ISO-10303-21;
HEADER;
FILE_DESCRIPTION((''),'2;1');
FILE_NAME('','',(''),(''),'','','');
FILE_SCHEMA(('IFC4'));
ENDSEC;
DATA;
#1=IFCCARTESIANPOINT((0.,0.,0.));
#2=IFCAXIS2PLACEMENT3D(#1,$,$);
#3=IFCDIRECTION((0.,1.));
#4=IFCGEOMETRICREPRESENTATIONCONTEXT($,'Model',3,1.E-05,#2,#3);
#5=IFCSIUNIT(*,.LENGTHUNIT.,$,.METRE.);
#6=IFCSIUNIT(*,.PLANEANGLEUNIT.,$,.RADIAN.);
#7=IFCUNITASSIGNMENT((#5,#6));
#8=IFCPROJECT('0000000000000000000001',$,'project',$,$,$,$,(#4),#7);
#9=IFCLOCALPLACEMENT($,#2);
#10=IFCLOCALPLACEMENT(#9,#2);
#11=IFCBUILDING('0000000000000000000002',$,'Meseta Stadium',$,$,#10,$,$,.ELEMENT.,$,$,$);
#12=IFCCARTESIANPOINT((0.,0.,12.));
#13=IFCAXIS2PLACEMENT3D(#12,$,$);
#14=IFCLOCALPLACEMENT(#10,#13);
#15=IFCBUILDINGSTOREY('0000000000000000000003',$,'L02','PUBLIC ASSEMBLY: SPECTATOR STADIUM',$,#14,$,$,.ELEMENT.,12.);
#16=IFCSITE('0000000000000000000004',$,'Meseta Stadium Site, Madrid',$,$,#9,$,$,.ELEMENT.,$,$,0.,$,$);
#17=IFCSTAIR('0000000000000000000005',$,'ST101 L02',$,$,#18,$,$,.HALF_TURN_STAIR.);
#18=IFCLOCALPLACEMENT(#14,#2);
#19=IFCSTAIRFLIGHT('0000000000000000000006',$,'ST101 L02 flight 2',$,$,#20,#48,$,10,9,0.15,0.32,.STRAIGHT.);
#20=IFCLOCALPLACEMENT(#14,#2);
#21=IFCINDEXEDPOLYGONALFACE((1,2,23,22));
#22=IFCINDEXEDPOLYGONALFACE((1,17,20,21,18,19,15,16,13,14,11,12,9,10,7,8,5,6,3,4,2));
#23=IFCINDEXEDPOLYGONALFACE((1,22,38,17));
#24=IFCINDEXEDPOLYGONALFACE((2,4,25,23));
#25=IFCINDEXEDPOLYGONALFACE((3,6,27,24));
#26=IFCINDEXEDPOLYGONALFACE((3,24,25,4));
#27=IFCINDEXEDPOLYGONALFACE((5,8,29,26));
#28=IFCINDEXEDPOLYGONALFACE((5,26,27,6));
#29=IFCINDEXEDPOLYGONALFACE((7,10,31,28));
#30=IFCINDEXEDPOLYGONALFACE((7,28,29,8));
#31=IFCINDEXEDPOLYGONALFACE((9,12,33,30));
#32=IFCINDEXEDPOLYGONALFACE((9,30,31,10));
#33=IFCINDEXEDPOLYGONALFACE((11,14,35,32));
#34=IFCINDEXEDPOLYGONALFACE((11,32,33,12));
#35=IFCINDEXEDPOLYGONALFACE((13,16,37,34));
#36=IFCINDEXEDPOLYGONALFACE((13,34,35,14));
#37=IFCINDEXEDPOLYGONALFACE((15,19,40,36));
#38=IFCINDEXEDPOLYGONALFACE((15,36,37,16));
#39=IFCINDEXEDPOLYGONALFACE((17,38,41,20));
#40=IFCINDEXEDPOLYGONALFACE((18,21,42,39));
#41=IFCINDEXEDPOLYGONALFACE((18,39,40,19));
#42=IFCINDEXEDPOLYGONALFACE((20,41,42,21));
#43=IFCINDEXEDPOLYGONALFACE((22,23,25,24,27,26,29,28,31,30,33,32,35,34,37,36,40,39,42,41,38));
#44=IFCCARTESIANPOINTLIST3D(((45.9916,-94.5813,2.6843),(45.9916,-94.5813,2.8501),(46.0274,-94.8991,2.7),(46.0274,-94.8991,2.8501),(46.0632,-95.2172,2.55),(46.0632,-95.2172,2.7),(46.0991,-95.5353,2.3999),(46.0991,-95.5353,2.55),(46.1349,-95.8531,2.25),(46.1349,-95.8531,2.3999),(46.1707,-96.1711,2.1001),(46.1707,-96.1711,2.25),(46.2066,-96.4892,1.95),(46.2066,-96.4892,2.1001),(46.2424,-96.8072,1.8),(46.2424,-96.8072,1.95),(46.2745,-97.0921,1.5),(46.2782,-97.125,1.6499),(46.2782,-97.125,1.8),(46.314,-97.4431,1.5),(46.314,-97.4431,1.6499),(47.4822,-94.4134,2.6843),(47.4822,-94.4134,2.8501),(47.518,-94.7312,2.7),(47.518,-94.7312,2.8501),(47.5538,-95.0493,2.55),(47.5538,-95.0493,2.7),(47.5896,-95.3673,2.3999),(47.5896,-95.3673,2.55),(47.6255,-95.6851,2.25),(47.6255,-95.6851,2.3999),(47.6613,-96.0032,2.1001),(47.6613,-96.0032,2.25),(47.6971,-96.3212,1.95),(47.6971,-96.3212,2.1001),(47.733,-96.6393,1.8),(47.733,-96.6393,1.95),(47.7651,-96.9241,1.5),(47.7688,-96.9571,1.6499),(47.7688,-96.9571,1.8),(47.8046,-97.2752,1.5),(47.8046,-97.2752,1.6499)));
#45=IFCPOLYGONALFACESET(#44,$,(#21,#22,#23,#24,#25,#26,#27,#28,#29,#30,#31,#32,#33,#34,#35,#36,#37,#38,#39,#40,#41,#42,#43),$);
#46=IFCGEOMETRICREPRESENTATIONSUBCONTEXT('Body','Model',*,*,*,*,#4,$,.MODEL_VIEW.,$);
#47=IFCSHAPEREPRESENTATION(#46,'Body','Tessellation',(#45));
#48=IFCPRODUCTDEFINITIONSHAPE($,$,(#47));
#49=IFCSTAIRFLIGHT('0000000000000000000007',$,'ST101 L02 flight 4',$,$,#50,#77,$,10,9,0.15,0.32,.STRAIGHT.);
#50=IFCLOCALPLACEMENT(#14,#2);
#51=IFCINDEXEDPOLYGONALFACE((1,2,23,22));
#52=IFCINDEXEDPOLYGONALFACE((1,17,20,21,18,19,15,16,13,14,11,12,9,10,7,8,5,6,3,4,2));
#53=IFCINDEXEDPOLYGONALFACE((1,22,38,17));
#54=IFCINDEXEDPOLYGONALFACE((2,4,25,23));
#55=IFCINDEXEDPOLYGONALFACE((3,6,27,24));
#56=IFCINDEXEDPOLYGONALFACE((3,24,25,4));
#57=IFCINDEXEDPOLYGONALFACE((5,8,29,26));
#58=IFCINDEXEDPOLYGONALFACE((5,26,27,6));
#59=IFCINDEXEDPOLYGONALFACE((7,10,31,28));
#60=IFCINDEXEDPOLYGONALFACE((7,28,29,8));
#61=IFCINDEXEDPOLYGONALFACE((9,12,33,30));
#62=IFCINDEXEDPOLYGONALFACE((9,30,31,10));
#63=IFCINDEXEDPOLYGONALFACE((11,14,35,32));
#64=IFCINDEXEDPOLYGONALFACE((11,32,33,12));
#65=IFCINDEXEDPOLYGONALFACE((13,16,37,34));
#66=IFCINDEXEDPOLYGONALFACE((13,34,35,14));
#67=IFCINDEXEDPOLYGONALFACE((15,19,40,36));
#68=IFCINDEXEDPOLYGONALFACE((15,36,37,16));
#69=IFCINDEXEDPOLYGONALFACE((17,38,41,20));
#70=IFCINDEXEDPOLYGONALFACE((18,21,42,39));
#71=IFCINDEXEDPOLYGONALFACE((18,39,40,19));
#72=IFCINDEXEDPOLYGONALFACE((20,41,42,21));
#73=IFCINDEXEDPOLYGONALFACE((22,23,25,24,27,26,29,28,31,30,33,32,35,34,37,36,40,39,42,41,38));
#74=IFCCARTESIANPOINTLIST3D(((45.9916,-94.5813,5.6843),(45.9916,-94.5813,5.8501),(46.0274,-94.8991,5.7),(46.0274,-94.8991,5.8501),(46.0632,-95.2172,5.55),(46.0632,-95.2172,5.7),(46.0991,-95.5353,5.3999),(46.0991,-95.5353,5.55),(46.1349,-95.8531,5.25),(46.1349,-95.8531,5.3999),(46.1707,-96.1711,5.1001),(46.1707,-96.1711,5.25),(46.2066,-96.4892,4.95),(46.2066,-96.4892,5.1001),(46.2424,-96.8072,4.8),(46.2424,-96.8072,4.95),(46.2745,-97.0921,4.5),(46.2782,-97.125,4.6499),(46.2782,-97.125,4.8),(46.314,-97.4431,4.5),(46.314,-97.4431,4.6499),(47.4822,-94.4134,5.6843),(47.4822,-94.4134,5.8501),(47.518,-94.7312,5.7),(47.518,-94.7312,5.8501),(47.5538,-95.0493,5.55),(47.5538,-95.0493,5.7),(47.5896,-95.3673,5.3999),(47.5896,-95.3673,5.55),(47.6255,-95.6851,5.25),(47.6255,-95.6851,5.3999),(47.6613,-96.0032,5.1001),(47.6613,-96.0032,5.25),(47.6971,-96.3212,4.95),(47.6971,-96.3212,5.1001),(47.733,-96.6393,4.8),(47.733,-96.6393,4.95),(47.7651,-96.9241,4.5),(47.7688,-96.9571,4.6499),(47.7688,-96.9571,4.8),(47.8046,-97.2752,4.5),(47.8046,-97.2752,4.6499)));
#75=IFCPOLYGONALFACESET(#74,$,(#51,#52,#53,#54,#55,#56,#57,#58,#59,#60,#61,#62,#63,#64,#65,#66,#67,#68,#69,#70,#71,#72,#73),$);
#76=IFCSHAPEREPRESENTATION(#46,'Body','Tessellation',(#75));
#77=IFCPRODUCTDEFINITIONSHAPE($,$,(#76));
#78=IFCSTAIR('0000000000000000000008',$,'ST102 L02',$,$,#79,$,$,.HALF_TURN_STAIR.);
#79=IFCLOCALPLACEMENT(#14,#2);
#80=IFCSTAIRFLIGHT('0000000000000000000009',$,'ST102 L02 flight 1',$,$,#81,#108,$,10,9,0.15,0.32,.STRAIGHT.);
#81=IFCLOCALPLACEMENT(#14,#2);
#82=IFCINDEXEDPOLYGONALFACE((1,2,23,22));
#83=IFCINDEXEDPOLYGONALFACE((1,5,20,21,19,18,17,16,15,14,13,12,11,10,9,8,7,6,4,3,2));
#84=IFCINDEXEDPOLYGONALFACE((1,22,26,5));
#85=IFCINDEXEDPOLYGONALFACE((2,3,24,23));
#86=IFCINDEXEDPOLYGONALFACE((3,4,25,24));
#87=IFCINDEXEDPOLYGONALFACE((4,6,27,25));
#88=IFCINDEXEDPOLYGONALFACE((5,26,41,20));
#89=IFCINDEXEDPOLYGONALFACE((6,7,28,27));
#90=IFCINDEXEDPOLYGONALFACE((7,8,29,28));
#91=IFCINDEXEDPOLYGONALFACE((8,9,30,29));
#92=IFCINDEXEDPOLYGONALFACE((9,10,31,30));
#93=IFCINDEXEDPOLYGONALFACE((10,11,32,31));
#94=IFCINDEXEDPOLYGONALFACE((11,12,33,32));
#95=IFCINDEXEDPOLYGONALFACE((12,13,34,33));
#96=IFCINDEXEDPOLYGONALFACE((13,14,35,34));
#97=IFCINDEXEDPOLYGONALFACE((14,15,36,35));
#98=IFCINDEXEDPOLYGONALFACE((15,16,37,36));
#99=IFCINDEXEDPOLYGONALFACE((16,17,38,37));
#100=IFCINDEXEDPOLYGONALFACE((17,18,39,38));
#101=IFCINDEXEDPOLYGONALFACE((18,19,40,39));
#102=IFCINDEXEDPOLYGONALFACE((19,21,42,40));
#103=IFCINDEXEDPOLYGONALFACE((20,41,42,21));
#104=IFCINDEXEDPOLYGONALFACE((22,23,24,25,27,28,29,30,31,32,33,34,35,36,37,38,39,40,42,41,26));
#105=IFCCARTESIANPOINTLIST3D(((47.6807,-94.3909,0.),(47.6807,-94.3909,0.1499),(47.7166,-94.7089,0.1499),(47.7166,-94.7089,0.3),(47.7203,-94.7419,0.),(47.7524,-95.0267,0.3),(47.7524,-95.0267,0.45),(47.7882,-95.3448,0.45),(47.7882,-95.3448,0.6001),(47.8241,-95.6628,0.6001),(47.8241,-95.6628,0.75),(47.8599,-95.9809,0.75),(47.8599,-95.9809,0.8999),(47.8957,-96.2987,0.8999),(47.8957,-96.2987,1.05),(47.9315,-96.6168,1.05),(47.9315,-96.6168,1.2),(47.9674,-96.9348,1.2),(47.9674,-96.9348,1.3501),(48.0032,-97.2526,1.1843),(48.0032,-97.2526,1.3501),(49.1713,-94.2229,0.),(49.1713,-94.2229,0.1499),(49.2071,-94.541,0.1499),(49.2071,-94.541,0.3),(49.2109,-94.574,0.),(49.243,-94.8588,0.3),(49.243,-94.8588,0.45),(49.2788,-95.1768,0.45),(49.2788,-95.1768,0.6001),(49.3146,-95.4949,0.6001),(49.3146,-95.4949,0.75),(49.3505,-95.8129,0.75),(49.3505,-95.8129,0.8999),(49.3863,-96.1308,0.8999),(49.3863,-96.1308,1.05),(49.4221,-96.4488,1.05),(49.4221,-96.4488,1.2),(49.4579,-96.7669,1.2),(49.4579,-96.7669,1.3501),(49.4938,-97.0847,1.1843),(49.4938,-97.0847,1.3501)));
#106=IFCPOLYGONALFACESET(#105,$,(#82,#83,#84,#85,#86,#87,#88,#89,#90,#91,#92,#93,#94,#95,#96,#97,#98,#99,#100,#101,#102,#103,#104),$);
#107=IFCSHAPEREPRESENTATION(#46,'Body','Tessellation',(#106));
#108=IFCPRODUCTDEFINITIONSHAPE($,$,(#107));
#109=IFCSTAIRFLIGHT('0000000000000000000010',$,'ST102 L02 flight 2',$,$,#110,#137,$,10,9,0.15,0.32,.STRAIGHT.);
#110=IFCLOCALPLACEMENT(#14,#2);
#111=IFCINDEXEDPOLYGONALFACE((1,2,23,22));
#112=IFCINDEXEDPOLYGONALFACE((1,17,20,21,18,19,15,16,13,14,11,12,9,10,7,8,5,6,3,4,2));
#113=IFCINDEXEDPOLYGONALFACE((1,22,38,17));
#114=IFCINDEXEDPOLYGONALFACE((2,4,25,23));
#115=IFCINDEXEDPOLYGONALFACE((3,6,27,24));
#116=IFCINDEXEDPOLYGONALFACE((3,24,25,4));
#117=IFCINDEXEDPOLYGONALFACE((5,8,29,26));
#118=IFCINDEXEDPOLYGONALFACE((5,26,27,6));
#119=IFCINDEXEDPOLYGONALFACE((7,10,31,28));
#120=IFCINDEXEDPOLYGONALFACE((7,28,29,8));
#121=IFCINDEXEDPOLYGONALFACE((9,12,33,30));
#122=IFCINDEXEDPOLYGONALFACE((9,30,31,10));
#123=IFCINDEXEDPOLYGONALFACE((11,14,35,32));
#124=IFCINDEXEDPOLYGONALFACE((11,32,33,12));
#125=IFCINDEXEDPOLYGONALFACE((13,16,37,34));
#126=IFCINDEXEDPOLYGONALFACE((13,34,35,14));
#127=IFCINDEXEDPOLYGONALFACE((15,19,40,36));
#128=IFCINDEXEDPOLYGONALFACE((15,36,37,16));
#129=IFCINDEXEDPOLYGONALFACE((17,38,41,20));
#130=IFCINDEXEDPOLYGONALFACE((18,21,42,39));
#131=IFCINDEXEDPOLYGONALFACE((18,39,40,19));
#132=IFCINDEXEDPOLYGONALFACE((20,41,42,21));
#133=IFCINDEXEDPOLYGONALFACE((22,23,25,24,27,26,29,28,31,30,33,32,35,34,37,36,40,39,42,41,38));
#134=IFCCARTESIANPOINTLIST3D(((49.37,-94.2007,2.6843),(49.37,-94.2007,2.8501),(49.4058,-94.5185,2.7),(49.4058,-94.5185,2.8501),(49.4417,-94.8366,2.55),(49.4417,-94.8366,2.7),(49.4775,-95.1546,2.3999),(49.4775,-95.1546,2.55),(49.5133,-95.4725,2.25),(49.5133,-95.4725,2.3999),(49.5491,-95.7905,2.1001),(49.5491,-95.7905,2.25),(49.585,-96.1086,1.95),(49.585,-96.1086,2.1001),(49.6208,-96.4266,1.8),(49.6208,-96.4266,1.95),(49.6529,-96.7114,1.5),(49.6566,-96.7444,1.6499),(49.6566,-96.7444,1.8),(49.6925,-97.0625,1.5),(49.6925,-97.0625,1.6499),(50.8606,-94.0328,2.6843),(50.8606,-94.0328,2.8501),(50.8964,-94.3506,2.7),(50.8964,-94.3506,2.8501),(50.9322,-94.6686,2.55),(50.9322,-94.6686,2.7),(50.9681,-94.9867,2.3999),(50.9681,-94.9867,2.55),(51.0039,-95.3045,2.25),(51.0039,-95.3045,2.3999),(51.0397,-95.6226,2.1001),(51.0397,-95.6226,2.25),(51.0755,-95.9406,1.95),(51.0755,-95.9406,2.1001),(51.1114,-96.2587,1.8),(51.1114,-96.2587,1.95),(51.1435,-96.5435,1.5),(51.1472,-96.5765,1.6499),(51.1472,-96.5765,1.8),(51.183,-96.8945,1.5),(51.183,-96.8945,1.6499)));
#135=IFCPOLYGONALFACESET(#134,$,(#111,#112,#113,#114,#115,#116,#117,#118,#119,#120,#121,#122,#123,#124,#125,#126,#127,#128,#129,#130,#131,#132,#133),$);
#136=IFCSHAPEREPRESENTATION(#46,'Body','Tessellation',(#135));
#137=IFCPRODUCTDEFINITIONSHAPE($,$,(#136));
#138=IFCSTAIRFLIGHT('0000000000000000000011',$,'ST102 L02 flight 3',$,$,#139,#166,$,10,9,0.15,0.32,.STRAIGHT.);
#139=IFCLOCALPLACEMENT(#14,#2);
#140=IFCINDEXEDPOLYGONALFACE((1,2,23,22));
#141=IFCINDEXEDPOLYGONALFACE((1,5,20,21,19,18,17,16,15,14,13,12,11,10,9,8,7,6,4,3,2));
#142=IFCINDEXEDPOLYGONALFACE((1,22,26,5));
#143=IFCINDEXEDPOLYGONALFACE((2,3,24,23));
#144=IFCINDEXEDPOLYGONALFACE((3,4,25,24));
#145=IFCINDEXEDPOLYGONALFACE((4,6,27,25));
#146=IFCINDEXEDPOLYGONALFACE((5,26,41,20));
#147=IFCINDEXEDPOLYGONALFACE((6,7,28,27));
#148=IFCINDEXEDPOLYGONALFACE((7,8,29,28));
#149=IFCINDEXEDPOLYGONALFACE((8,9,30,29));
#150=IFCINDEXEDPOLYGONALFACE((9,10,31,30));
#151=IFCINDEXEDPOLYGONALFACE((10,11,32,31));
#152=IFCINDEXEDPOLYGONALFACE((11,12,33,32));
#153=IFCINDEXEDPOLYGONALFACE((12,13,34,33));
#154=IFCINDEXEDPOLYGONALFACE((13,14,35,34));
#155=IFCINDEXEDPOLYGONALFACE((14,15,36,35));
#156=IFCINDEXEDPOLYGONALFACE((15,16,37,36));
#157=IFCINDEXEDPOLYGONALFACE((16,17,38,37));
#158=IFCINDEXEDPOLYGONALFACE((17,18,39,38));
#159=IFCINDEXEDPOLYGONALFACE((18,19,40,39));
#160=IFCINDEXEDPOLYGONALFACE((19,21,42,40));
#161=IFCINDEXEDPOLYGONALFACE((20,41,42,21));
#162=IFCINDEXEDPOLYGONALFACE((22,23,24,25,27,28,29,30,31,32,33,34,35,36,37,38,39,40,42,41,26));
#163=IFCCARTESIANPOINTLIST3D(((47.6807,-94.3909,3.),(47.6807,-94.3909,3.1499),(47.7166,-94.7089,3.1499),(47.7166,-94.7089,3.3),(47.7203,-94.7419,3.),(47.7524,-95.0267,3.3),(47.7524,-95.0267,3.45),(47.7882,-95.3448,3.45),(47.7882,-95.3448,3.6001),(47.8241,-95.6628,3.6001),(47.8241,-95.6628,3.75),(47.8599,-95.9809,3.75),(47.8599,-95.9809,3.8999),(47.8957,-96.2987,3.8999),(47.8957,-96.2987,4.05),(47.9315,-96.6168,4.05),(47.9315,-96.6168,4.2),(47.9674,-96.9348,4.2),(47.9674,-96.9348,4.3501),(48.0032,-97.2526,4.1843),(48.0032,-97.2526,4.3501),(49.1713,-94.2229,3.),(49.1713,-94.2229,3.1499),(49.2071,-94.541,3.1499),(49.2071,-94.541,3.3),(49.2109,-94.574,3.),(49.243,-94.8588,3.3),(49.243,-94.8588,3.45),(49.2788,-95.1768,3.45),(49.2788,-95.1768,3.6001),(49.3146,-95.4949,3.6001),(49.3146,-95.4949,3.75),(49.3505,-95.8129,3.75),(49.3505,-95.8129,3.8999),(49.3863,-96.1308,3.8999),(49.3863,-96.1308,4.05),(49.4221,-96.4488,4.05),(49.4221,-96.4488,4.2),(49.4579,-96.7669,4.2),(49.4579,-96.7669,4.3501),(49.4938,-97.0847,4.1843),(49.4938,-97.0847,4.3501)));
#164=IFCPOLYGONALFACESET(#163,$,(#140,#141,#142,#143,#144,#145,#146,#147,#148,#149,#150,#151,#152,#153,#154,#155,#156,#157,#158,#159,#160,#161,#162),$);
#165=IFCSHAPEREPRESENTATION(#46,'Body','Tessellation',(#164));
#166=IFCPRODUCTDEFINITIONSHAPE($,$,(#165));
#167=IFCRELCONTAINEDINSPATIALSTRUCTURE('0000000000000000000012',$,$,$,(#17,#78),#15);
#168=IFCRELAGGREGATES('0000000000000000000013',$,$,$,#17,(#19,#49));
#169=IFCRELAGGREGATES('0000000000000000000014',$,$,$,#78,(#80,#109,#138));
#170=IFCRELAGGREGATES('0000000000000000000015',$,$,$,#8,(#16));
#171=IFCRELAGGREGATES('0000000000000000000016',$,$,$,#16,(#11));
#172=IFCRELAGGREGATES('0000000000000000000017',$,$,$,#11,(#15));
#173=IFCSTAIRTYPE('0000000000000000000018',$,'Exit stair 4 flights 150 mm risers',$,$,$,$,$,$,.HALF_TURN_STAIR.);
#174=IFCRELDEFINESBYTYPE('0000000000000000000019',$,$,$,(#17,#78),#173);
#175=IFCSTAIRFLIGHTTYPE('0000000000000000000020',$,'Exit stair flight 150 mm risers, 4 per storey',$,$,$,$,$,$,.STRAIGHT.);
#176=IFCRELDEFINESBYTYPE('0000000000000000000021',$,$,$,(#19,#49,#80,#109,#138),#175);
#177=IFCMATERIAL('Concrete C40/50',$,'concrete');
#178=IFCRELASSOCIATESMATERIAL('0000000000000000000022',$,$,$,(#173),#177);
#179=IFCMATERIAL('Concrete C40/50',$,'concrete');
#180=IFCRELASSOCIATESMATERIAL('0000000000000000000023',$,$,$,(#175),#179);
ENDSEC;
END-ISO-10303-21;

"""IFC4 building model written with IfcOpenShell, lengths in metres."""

from ifc_helpers import new_model, si_unit, direction, frame, origin, place, context, subcontext, project, spatial, polyline, outline, extrude, material, type_object, element, aggregate, save


model = new_model("IFC4")

# Units and contexts
model_context = context("Model", 3, precision=1e-05, world=origin(), true_north=direction((0.0, 1.0)))
body_context = subcontext(model_context, "Body", "Model", "MODEL_VIEW")
ifc_project = project(units=[si_unit("LENGTHUNIT", "METRE"), si_unit("PLANEANGLEUNIT", "RADIAN")], contexts=[model_context])

# Site, building, storey
site_placement = place(None, origin())
site = spatial("IfcSite", under=ifc_project, at=site_placement, Name="Meseta Stadium Site, Madrid", CompositionType="ELEMENT", RefElevation=0.0)
building_placement = place(site_placement, origin())
building = spatial("IfcBuilding", under=site, at=building_placement, Name="Meseta Stadium", CompositionType="ELEMENT")
storey_placement = place(building_placement, frame((0.0, 0.0, 12.0)))
storey = spatial("IfcBuildingStorey", under=building, at=storey_placement, Name="L02", Description="PUBLIC ASSEMBLY: SPECTATOR STADIUM", CompositionType="ELEMENT", Elevation=12.0)

# Stairs, stair flights
ifc_material_1 = material(Name="Concrete C40/50", Category="concrete")
stair_type = type_object("IfcStairType", Name="Exit stair 4 flights 150 mm risers", PredefinedType="HALF_TURN_STAIR", material=ifc_material_1)
stair_1_placement = place(storey_placement, origin())
stair_1 = element("IfcStair", 1, at=stair_1_placement, inside=storey, type_object=stair_type, Name="ST101 L02", PredefinedType="HALF_TURN_STAIR")
ifc_material_2 = material(Name="Concrete C40/50", Category="concrete")
stair_flight_type = type_object("IfcStairFlightType", Name="Exit stair flight 150 mm risers, 4 per storey", PredefinedType="STRAIGHT", material=ifc_material_2)
stair_flight_1_placement = place(storey_placement, frame((47.0593, -97.3591, 1.5), z_axis=(0.0, 0.0, 1.0), x_axis=(-0.111964, 0.993712, 0.0)))
stair_flight_1 = element("IfcStairFlight", 2, at=stair_flight_1_placement, type_object=stair_flight_type, Name="ST101 L02 flight 2", NumberOfRisers=10, NumberOfTreads=9, PredefinedType="STRAIGHT", RiserHeight=0.15, TreadLength=0.32, context=body_context, shape_type="SweptSolid", body=[
    extrude(outline(polyline([(0.0, 0.0), (0.0, 0.1499), (0.3201, 0.1499), (0.3201, 0.3), (0.6399, 0.3), (0.6399, 0.45), (0.96, 0.45), (0.96, 0.6001), (1.28, 0.6001), (1.28, 0.75), (1.6001, 0.75), (1.6001, 0.8999), (1.9199, 0.8999), (1.9199, 1.05), (2.24, 1.05), (2.24, 1.2), (2.5601, 1.2), (2.5601, 1.3501), (2.8799, 1.3501), (2.8799, 1.1843), (0.3533, 0.0), (0.0, 0.0)])), frame((0.0, 0.75, 0.0), z_axis=(0.0, -1.0, 0.0), x_axis=(1.0, 0.0, 0.0)), (0.0, 0.0, 1.0), 1.5),
])
stair_flight_2_placement = place(storey_placement, frame((47.0593, -97.3591, 4.5), z_axis=(0.0, 0.0, 1.0), x_axis=(-0.111964, 0.993712, 0.0)))
stair_flight_2 = element("IfcStairFlight", 3, at=stair_flight_2_placement, type_object=stair_flight_type, Name="ST101 L02 flight 4", NumberOfRisers=10, NumberOfTreads=9, PredefinedType="STRAIGHT", RiserHeight=0.15, TreadLength=0.32, context=body_context, shape_type="SweptSolid", body=[
    extrude(outline(polyline([(0.0, 0.0), (0.0, 0.1499), (0.3201, 0.1499), (0.3201, 0.3), (0.6399, 0.3), (0.6399, 0.45), (0.96, 0.45), (0.96, 0.6001), (1.28, 0.6001), (1.28, 0.75), (1.6001, 0.75), (1.6001, 0.8999), (1.9199, 0.8999), (1.9199, 1.05), (2.24, 1.05), (2.24, 1.2), (2.5601, 1.2), (2.5601, 1.3501), (2.8799, 1.3501), (2.8799, 1.1843), (0.3533, 0.0), (0.0, 0.0)])), frame((0.0, 0.75, 0.0), z_axis=(0.0, -1.0, 0.0), x_axis=(1.0, 0.0, 0.0)), (0.0, 0.0, 1.0), 1.5),
])
aggregate(stair_1, [stair_flight_1, stair_flight_2])
stair_2_placement = place(storey_placement, origin())
stair_2 = element("IfcStair", 4, at=stair_2_placement, inside=storey, type_object=stair_type, Name="ST102 L02", PredefinedType="HALF_TURN_STAIR")
stair_flight_3_placement = place(storey_placement, frame((48.426, -94.3069, 0.0), z_axis=(0.0, 0.0, 1.0), x_axis=(0.111964, -0.993712, 0.0)))
stair_flight_3 = element("IfcStairFlight", 5, at=stair_flight_3_placement, type_object=stair_flight_type, Name="ST102 L02 flight 1", NumberOfRisers=10, NumberOfTreads=9, PredefinedType="STRAIGHT", RiserHeight=0.15, TreadLength=0.32, context=body_context, shape_type="SweptSolid", body=[
    extrude(outline(polyline([(0.0, 0.0), (0.0, 0.1499), (0.3201, 0.1499), (0.3201, 0.3), (0.6399, 0.3), (0.6399, 0.45), (0.96, 0.45), (0.96, 0.6001), (1.28, 0.6001), (1.28, 0.75), (1.6001, 0.75), (1.6001, 0.8999), (1.9199, 0.8999), (1.9199, 1.05), (2.24, 1.05), (2.24, 1.2), (2.5601, 1.2), (2.5601, 1.3501), (2.8799, 1.3501), (2.8799, 1.1843), (0.3533, 0.0), (0.0, 0.0)])), frame((0.0, 0.75, 0.0), z_axis=(0.0, -1.0, 0.0), x_axis=(1.0, 0.0, 0.0)), (0.0, 0.0, 1.0), 1.5),
])
stair_flight_4_placement = place(storey_placement, frame((50.4377, -96.9785, 1.5), z_axis=(0.0, 0.0, 1.0), x_axis=(-0.111964, 0.993712, 0.0)))
stair_flight_4 = element("IfcStairFlight", 6, at=stair_flight_4_placement, type_object=stair_flight_type, Name="ST102 L02 flight 2", NumberOfRisers=10, NumberOfTreads=9, PredefinedType="STRAIGHT", RiserHeight=0.15, TreadLength=0.32, context=body_context, shape_type="SweptSolid", body=[
    extrude(outline(polyline([(0.0, 0.0), (0.0, 0.1499), (0.3201, 0.1499), (0.3201, 0.3), (0.6399, 0.3), (0.6399, 0.45), (0.96, 0.45), (0.96, 0.6001), (1.28, 0.6001), (1.28, 0.75), (1.6001, 0.75), (1.6001, 0.8999), (1.9199, 0.8999), (1.9199, 1.05), (2.24, 1.05), (2.24, 1.2), (2.5601, 1.2), (2.5601, 1.3501), (2.8799, 1.3501), (2.8799, 1.1843), (0.3533, 0.0), (0.0, 0.0)])), frame((0.0, 0.75, 0.0), z_axis=(0.0, -1.0, 0.0), x_axis=(1.0, 0.0, 0.0)), (0.0, 0.0, 1.0), 1.5),
])
stair_flight_5_placement = place(storey_placement, frame((48.426, -94.3069, 3.0), z_axis=(0.0, 0.0, 1.0), x_axis=(0.111964, -0.993712, 0.0)))
stair_flight_5 = element("IfcStairFlight", 7, at=stair_flight_5_placement, type_object=stair_flight_type, Name="ST102 L02 flight 3", NumberOfRisers=10, NumberOfTreads=9, PredefinedType="STRAIGHT", RiserHeight=0.15, TreadLength=0.32, context=body_context, shape_type="SweptSolid", body=[
    extrude(outline(polyline([(0.0, 0.0), (0.0, 0.1499), (0.3201, 0.1499), (0.3201, 0.3), (0.6399, 0.3), (0.6399, 0.45), (0.96, 0.45), (0.96, 0.6001), (1.28, 0.6001), (1.28, 0.75), (1.6001, 0.75), (1.6001, 0.8999), (1.9199, 0.8999), (1.9199, 1.05), (2.24, 1.05), (2.24, 1.2), (2.5601, 1.2), (2.5601, 1.3501), (2.8799, 1.3501), (2.8799, 1.1843), (0.3533, 0.0), (0.0, 0.0)])), frame((0.0, 0.75, 0.0), z_axis=(0.0, -1.0, 0.0), x_axis=(1.0, 0.0, 0.0)), (0.0, 0.0, 1.0), 1.5),
])
aggregate(stair_2, [stair_flight_3, stair_flight_4, stair_flight_5])

save(model, "model.ifc")
